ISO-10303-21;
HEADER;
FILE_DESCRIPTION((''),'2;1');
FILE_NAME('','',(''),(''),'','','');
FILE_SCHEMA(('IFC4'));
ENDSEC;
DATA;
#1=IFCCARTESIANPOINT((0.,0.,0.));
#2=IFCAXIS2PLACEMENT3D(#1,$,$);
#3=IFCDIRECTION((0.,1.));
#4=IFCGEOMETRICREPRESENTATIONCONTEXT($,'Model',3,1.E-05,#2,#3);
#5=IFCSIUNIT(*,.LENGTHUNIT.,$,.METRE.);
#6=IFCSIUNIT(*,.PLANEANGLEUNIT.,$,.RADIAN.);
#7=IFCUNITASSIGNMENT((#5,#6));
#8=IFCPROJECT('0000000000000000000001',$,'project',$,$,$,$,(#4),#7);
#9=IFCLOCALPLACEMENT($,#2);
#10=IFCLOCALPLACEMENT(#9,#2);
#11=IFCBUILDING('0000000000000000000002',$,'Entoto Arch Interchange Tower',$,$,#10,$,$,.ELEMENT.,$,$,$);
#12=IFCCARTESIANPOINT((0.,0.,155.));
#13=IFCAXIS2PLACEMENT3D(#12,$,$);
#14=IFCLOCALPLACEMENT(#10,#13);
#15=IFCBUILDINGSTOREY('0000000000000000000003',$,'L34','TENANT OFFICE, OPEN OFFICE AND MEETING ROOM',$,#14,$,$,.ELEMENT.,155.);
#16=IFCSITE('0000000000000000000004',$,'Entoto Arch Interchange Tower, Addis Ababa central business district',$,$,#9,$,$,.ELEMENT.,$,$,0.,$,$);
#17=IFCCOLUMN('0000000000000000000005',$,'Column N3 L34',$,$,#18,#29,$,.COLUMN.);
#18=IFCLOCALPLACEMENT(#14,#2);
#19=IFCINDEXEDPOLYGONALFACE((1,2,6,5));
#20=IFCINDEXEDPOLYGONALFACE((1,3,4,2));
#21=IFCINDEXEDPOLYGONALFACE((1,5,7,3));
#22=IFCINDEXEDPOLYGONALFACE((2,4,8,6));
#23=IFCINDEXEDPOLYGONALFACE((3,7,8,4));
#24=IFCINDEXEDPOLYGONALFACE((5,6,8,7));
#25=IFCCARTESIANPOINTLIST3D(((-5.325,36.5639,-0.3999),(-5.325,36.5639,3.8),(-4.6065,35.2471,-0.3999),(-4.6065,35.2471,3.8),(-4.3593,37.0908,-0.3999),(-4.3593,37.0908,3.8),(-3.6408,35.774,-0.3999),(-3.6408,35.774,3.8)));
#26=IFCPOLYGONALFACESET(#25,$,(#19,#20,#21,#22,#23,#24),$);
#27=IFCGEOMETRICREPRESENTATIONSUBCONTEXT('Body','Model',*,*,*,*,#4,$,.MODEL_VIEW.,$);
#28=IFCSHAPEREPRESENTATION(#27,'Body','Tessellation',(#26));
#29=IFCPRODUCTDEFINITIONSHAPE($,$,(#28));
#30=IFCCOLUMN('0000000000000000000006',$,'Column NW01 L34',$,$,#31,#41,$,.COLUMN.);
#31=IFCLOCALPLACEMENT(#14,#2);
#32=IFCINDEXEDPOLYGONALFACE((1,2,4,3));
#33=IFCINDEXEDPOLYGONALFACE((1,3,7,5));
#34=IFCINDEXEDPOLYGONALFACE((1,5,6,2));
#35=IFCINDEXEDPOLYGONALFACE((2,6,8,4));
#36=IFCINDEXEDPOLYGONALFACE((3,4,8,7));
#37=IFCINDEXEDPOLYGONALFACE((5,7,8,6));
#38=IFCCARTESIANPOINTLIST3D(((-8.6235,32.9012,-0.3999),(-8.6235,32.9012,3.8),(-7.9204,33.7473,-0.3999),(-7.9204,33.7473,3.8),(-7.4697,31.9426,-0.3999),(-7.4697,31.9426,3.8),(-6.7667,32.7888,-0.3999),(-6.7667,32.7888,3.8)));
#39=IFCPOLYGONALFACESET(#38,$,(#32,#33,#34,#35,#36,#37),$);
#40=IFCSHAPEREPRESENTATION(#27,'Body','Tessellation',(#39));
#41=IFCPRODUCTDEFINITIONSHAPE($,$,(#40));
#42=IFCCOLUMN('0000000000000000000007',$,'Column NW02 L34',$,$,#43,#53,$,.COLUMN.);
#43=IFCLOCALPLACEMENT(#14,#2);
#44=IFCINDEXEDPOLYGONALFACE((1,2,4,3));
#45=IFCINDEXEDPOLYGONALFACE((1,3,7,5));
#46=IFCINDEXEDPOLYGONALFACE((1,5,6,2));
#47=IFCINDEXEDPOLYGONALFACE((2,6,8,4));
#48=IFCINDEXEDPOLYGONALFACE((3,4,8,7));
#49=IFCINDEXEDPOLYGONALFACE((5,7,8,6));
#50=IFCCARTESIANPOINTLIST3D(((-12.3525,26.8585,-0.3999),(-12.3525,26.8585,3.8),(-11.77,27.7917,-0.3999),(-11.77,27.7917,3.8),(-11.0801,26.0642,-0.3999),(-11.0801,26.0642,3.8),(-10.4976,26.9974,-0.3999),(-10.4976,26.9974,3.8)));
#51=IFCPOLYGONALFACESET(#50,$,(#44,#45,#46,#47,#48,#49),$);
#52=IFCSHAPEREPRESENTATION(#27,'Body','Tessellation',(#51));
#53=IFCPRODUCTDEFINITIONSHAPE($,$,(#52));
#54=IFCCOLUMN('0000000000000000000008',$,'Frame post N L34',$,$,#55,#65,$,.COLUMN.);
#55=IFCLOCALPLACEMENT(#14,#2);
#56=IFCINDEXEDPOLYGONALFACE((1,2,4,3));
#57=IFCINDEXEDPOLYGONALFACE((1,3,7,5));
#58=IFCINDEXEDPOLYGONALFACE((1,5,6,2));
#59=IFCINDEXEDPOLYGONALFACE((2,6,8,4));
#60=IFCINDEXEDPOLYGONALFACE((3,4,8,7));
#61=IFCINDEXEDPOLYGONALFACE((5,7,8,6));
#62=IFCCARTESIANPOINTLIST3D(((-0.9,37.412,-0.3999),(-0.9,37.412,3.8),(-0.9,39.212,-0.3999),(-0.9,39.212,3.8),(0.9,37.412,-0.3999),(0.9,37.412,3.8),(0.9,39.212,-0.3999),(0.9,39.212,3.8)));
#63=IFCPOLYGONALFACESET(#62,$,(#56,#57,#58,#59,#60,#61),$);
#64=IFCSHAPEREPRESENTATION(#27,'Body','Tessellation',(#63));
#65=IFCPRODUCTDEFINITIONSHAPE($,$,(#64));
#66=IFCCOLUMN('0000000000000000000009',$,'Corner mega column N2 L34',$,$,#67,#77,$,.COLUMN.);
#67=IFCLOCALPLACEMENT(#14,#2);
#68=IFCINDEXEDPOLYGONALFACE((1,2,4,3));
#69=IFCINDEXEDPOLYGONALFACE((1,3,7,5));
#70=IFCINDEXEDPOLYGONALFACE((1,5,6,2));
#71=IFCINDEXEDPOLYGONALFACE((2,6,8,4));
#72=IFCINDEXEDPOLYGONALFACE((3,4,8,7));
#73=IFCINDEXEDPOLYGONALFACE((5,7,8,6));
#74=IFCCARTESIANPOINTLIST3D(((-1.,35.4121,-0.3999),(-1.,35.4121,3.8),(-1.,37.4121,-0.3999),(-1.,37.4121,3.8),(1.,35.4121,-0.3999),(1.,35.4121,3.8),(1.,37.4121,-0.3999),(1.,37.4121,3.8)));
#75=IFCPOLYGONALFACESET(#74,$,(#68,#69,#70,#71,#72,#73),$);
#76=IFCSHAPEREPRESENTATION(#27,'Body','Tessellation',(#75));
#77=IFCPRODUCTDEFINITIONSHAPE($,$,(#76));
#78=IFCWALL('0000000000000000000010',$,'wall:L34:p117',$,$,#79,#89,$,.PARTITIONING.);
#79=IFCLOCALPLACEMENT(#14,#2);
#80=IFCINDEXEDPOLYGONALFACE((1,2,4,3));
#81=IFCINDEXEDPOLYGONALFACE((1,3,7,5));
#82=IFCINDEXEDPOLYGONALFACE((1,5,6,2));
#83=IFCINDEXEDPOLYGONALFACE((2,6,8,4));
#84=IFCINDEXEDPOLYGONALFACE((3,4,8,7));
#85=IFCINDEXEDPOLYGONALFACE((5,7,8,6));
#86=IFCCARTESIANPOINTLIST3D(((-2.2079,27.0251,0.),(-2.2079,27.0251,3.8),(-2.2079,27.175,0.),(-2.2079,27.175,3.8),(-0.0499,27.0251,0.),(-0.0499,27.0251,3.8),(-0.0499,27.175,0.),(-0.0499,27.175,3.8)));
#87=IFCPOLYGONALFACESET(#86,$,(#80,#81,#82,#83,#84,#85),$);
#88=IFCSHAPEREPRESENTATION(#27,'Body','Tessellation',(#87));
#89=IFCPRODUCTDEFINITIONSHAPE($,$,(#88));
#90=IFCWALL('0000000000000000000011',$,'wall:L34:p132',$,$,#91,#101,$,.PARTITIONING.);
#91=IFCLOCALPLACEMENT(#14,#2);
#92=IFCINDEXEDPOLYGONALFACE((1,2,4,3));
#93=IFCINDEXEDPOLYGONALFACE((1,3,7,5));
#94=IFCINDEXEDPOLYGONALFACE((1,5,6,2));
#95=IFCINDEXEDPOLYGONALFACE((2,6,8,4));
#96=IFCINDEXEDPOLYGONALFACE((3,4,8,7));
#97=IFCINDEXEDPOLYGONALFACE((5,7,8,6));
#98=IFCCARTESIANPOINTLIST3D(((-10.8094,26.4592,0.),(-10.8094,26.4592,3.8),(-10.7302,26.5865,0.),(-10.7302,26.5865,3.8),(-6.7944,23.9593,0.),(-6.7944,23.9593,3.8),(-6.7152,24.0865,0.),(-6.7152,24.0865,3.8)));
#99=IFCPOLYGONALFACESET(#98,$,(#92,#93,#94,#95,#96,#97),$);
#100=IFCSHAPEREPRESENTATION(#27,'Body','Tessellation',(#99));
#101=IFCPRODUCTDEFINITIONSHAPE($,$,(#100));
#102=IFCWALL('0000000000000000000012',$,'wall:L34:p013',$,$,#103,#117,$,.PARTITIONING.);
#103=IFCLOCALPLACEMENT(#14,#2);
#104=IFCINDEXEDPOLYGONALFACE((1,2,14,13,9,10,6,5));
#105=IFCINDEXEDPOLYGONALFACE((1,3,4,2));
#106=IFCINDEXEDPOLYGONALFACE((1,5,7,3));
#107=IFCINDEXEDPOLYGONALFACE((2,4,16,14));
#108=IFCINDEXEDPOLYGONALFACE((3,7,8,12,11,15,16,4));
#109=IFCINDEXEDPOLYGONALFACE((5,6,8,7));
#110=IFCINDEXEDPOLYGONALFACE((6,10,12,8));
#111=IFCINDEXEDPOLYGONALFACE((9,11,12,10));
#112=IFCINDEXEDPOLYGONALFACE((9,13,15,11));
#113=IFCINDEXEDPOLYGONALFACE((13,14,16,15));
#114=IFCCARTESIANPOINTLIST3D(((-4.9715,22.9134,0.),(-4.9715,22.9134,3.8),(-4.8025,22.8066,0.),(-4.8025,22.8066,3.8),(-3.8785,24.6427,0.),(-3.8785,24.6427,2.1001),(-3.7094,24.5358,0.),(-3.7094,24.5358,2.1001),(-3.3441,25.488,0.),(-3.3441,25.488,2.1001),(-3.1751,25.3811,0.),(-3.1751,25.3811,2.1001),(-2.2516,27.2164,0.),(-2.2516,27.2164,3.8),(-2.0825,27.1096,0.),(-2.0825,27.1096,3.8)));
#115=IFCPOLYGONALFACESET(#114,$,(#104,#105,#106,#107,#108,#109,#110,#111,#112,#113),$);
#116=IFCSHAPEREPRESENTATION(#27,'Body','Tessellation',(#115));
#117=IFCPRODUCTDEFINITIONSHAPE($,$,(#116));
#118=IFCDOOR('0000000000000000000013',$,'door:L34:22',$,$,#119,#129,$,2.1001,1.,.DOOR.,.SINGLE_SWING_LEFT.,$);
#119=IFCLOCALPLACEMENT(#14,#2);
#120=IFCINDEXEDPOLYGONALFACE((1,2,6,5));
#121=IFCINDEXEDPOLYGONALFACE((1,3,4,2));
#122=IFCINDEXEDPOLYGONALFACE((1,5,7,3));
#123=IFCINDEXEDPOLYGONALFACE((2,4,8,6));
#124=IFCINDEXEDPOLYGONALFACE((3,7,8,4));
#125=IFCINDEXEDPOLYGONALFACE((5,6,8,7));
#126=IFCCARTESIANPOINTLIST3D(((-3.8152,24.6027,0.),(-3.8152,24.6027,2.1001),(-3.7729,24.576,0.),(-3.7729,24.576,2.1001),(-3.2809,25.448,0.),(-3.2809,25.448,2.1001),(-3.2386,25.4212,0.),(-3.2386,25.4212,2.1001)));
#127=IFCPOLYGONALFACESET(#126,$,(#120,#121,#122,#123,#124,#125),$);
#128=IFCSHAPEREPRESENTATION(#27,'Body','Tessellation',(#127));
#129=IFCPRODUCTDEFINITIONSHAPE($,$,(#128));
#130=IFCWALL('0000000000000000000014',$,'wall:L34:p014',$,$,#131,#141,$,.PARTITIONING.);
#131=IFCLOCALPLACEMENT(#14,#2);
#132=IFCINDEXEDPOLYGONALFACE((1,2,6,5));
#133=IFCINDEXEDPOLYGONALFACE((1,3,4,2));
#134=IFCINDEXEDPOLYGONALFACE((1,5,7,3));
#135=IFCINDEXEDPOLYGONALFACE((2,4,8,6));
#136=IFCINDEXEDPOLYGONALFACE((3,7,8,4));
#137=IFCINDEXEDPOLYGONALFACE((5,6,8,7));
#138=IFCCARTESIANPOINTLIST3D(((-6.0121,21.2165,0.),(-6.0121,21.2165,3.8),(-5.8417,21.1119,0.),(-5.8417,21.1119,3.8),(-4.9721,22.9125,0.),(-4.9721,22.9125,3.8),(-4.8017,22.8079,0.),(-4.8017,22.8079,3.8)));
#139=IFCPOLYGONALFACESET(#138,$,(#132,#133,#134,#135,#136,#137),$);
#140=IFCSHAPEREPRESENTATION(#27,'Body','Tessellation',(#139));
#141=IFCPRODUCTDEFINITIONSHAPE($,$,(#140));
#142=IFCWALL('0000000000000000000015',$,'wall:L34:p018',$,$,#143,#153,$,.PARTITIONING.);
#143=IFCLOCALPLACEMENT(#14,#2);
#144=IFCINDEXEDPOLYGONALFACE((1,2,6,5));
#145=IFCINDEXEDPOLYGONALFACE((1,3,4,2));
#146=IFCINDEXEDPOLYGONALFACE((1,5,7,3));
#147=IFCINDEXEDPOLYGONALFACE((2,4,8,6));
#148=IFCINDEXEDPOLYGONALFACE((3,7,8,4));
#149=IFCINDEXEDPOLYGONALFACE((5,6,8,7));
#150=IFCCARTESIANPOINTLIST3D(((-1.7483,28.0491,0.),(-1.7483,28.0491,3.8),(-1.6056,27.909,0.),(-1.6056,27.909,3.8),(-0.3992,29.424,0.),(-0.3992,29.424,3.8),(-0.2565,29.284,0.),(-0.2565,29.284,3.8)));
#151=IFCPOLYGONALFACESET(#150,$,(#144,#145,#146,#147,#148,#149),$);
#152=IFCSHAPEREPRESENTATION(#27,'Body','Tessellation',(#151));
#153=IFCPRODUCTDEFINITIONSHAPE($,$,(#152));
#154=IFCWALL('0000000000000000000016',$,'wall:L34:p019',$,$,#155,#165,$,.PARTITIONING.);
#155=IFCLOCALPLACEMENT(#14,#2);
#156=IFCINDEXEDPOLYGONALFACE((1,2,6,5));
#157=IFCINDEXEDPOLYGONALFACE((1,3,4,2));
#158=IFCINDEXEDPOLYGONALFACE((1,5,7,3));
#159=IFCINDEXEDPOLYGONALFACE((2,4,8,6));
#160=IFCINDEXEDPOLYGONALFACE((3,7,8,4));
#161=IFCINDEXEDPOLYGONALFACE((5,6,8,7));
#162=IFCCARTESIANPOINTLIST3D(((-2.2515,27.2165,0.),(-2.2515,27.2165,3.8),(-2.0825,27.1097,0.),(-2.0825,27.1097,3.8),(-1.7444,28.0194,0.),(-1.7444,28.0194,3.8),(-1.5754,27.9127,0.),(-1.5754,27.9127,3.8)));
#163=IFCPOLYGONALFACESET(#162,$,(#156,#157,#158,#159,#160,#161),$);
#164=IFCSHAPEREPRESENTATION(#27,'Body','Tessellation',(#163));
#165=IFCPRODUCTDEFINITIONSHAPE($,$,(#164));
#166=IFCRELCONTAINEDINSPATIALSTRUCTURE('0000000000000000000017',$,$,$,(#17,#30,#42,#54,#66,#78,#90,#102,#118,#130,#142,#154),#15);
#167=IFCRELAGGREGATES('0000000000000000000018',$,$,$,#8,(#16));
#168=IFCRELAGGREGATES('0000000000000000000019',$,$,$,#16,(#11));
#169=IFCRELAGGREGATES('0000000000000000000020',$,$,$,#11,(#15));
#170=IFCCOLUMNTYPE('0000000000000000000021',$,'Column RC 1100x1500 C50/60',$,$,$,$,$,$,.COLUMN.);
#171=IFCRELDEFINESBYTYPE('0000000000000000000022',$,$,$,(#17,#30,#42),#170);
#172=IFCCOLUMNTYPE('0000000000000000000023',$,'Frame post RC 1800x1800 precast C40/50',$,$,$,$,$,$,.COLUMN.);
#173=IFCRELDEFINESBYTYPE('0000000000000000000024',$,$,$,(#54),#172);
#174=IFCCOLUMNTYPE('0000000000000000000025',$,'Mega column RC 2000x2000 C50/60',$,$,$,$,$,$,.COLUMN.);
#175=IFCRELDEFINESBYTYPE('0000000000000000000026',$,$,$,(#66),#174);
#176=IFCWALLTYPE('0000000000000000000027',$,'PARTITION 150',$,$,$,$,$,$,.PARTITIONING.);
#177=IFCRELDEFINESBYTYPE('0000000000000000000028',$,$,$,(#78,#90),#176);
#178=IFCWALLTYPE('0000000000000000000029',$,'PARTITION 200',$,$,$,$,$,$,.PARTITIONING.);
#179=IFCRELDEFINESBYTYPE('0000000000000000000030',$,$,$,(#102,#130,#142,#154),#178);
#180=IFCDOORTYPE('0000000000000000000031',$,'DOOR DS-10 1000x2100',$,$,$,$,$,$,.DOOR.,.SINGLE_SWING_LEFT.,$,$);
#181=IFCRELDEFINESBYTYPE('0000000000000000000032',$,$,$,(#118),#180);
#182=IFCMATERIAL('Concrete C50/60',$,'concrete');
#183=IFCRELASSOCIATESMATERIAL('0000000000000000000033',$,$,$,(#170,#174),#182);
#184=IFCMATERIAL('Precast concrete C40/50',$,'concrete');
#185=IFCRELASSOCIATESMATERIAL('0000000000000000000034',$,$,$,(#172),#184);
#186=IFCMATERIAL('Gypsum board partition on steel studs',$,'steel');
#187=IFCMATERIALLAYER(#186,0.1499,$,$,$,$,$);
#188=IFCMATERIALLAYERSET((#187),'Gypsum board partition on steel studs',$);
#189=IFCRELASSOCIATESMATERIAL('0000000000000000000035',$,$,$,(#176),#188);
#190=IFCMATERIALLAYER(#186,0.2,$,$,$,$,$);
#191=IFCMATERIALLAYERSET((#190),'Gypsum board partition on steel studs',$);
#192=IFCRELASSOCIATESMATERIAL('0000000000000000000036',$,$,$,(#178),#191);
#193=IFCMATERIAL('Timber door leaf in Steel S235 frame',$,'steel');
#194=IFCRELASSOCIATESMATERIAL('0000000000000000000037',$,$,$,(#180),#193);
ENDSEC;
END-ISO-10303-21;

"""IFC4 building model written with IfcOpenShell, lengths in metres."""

from ifc_helpers import new_model, si_unit, direction, frame, frame_2d, origin, origin_2d, place, context, subcontext, project, spatial, rectangle, extrude, material, layer, layer_set, material_profile, profile_set, type_object, element, fill, save


model = new_model("IFC4")

# Units and contexts
model_context = context("Model", 3, precision=1e-05, world=origin(), true_north=direction((0.0, 1.0)))
body_context = subcontext(model_context, "Body", "Model", "MODEL_VIEW")
ifc_project = project(units=[si_unit("LENGTHUNIT", "METRE"), si_unit("PLANEANGLEUNIT", "RADIAN")], contexts=[model_context])

# Site, building, storey
site_placement = place(None, origin())
site = spatial("IfcSite", under=ifc_project, at=site_placement, Name="Entoto Arch Interchange Tower, Addis Ababa central business district", CompositionType="ELEMENT", RefElevation=0.0)
building_placement = place(site_placement, origin())
building = spatial("IfcBuilding", under=site, at=building_placement, Name="Entoto Arch Interchange Tower", CompositionType="ELEMENT")
storey_placement = place(building_placement, frame((0.0, 0.0, 155.0)))
storey = spatial("IfcBuildingStorey", under=building, at=storey_placement, Name="L34", Description="TENANT OFFICE, OPEN OFFICE AND MEETING ROOM", CompositionType="ELEMENT", Elevation=155.0)

# Columns
ifc_material_1 = material(Name="Concrete C50/60", Category="concrete")
ifc_material_profile_1 = material_profile(ifc_material_1, rectangle(XDim=1.1001, YDim=1.5, at=origin_2d()))
ifc_profile_set_1 = profile_set([ifc_material_profile_1], Name="Concrete C50/60")
column_type_1 = type_object("IfcColumnType", Name="Column RC 1100x1500 C50/60", PredefinedType="COLUMN", material=ifc_profile_set_1)
for number, where, z_axis, x_axis, name in (
    (1, (-4.4829, 36.1689, -0.3999), (0.0, 0.0, 1.0), (0.877833, 0.478968, 0.0), "Column N3 L34"),
    (2, (-7.6951, 32.845, -0.3999), (0.0, 0.0, 1.0), (0.63905, 0.769165, 0.0), "Column NW01 L34"),
    (3, (-11.425, 26.928, -0.3999), (0.0, 0.0, 1.0), (0.529549, 0.848279, 0.0), "Column NW02 L34"),
):
    element("IfcColumn", number, at=place(storey_placement, frame(where, z_axis=z_axis, x_axis=x_axis)), inside=storey, type_object=column_type_1, Name=name, PredefinedType="COLUMN", context=body_context, shape_type="SweptSolid", body=[
        extrude(rectangle(XDim=1.1001, YDim=1.5, at=origin_2d()), origin(), (0.0, 0.0, 1.0), 4.2),
    ])
ifc_material_2 = material(Name="Precast concrete C40/50", Category="concrete")
ifc_material_profile_2 = material_profile(ifc_material_2, rectangle(XDim=1.8, YDim=1.8, at=origin_2d()))
ifc_profile_set_2 = profile_set([ifc_material_profile_2], Name="Precast concrete C40/50")
column_type_2 = type_object("IfcColumnType", Name="Frame post RC 1800x1800 precast C40/50", PredefinedType="COLUMN", material=ifc_profile_set_2)
column_1_placement = place(storey_placement, frame((0.0, 38.312, -0.3999), z_axis=(0.0, 0.0, 1.0), x_axis=(0.0, 1.0, 0.0)))
element("IfcColumn", 4, at=column_1_placement, inside=storey, type_object=column_type_2, Name="Frame post N L34", PredefinedType="COLUMN", context=body_context, shape_type="SweptSolid", body=[
    extrude(rectangle(XDim=1.8, YDim=1.8, at=origin_2d()), origin(), (0.0, 0.0, 1.0), 4.2),
])
ifc_material_profile_3 = material_profile(ifc_material_1, rectangle(XDim=2.0, YDim=2.0, at=origin_2d()))
ifc_profile_set_3 = profile_set([ifc_material_profile_3], Name="Concrete C50/60")
column_type_3 = type_object("IfcColumnType", Name="Mega column RC 2000x2000 C50/60", PredefinedType="COLUMN", material=ifc_profile_set_3)
column_2_placement = place(storey_placement, frame((0.0, 36.4121, -0.3999), z_axis=(0.0, 0.0, 1.0), x_axis=(0.0, 1.0, 0.0)))
element("IfcColumn", 5, at=column_2_placement, inside=storey, type_object=column_type_3, Name="Corner mega column N2 L34", PredefinedType="COLUMN", context=body_context, shape_type="SweptSolid", body=[
    extrude(rectangle(XDim=2.0, YDim=2.0, at=origin_2d()), origin(), (0.0, 0.0, 1.0), 4.2),
])

# Walls
ifc_material_3 = material(Name="Gypsum board partition on steel studs", Category="steel")
ifc_layer_1 = layer(ifc_material_3, 0.1499)
ifc_layer_set_1 = layer_set([ifc_layer_1], Name="Gypsum board partition on steel studs")
wall_type_1 = type_object("IfcWallType", Name="PARTITION 150", PredefinedType="PARTITIONING", material=ifc_layer_set_1)
wall_1_placement = place(storey_placement, frame((-2.208, 27.1001, 0.0), z_axis=(0.0, 0.0, 1.0), x_axis=(1.0, 0.0, 0.0)))
element("IfcWall", 6, at=wall_1_placement, inside=storey, type_object=wall_type_1, Name="wall:L34:p117", PredefinedType="PARTITIONING", context=body_context, shape_type="SweptSolid", body=[
    extrude(rectangle(XDim=2.158, YDim=0.1499, at=frame_2d((1.0791, 0.0))), origin(), (0.0, 0.0, 1.0), 3.8),
])
wall_2_placement = place(storey_placement, frame((-6.7549, 24.0229, 0.0), z_axis=(0.0, 0.0, 1.0), x_axis=(-0.848896, 0.52856, 0.0)))
element("IfcWall", 7, at=wall_2_placement, inside=storey, type_object=wall_type_1, Name="wall:L34:p132", PredefinedType="PARTITIONING", context=body_context, shape_type="SweptSolid", body=[
    extrude(rectangle(XDim=4.7297, YDim=0.1499, at=frame_2d((2.3647, 0.0))), origin(), (0.0, 0.0, 1.0), 3.8),
])

# Wall, opening, door
ifc_layer_2 = layer(ifc_material_3, 0.2)
ifc_layer_set_2 = layer_set([ifc_layer_2], Name="Gypsum board partition on steel studs")
wall_type_2 = type_object("IfcWallType", Name="PARTITION 200", PredefinedType="PARTITIONING", material=ifc_layer_set_2)
wall_3_placement = place(storey_placement, frame((-2.167, 27.1631, 0.0), z_axis=(0.0, 0.0, 1.0), x_axis=(-0.534316, -0.845285, 0.0)))
wall_3 = element("IfcWall", 8, at=wall_3_placement, inside=storey, type_object=wall_type_2, Name="wall:L34:p013", PredefinedType="PARTITIONING", context=body_context, shape_type="SweptSolid", body=[
    extrude(rectangle(XDim=5.0906, YDim=0.2, at=frame_2d((2.5454, 0.0))), origin(), (0.0, 0.0, 1.0), 3.8),
])
opening_1_placement = place(wall_3_placement, frame((2.0449, 0.0, 0.0)))
opening_1 = element("IfcOpeningElement", 9, at=opening_1_placement, cuts=wall_3, PredefinedType="OPENING", context=body_context, shape_type="SweptSolid", body=[
    extrude(rectangle(XDim=1.0, YDim=2.1001, at=frame_2d((0.5, 1.05))), frame((0.0, 0.1099, 0.0), z_axis=(0.0, -1.0, 0.0), x_axis=(1.0, 0.0, 0.0)), (0.0, 0.0, 1.0), 0.22),
])
ifc_material_4 = material(Name="Timber door leaf in Steel S235 frame", Category="steel")
door_type = type_object("IfcDoorType", Name="DOOR DS-10 1000x2100", OperationType="SINGLE_SWING_LEFT", PredefinedType="DOOR", material=ifc_material_4)
door_1_placement = place(opening_1_placement, origin())
door_1 = element("IfcDoor", 10, at=door_1_placement, inside=storey, type_object=door_type, Name="door:L34:22", OperationType="SINGLE_SWING_LEFT", OverallHeight=2.1001, OverallWidth=1.0, PredefinedType="DOOR", context=body_context, shape_type="SweptSolid", body=[
    extrude(rectangle(XDim=1.0, YDim=2.1001, at=frame_2d((0.5, 1.05))), frame((0.0, 0.0249, 0.0), z_axis=(0.0, -1.0, 0.0), x_axis=(1.0, 0.0, 0.0)), (0.0, 0.0, 1.0), 0.05),
])
fill(opening_1, door_1)

# Walls
wall_4_placement = place(storey_placement, frame((-4.887, 22.8601, 0.0), z_axis=(0.0, 0.0, 1.0), x_axis=(-0.522755, -0.852483, 0.0)))
element("IfcWall", 11, at=wall_4_placement, inside=storey, type_object=wall_type_2, Name="wall:L34:p014", PredefinedType="PARTITIONING", context=body_context, shape_type="SweptSolid", body=[
    extrude(rectangle(XDim=1.9895, YDim=0.2, at=frame_2d((0.9946, 0.0))), origin(), (0.0, 0.0, 1.0), 3.8),
])
wall_5_placement = place(storey_placement, frame((-0.3279, 29.354, 0.0), z_axis=(0.0, 0.0, 1.0), x_axis=(-0.700358, -0.713792, 0.0)))
element("IfcWall", 12, at=wall_5_placement, inside=storey, type_object=wall_type_2, Name="wall:L34:p018", PredefinedType="PARTITIONING", context=body_context, shape_type="SweptSolid", body=[
    extrude(rectangle(XDim=1.9263, YDim=0.2, at=frame_2d((0.9631, 0.0))), origin(), (0.0, 0.0, 1.0), 3.8),
])
wall_6_placement = place(storey_placement, frame((-1.6599, 27.9661, 0.0), z_axis=(0.0, 0.0, 1.0), x_axis=(-0.533945, -0.845519, 0.0)))
element("IfcWall", 13, at=wall_6_placement, inside=storey, type_object=wall_type_2, Name="wall:L34:p019", PredefinedType="PARTITIONING", context=body_context, shape_type="SweptSolid", body=[
    extrude(rectangle(XDim=0.9497, YDim=0.2, at=frame_2d((0.4749, 0.0))), origin(), (0.0, 0.0, 1.0), 3.8),
])

save(model, "model.ifc")
